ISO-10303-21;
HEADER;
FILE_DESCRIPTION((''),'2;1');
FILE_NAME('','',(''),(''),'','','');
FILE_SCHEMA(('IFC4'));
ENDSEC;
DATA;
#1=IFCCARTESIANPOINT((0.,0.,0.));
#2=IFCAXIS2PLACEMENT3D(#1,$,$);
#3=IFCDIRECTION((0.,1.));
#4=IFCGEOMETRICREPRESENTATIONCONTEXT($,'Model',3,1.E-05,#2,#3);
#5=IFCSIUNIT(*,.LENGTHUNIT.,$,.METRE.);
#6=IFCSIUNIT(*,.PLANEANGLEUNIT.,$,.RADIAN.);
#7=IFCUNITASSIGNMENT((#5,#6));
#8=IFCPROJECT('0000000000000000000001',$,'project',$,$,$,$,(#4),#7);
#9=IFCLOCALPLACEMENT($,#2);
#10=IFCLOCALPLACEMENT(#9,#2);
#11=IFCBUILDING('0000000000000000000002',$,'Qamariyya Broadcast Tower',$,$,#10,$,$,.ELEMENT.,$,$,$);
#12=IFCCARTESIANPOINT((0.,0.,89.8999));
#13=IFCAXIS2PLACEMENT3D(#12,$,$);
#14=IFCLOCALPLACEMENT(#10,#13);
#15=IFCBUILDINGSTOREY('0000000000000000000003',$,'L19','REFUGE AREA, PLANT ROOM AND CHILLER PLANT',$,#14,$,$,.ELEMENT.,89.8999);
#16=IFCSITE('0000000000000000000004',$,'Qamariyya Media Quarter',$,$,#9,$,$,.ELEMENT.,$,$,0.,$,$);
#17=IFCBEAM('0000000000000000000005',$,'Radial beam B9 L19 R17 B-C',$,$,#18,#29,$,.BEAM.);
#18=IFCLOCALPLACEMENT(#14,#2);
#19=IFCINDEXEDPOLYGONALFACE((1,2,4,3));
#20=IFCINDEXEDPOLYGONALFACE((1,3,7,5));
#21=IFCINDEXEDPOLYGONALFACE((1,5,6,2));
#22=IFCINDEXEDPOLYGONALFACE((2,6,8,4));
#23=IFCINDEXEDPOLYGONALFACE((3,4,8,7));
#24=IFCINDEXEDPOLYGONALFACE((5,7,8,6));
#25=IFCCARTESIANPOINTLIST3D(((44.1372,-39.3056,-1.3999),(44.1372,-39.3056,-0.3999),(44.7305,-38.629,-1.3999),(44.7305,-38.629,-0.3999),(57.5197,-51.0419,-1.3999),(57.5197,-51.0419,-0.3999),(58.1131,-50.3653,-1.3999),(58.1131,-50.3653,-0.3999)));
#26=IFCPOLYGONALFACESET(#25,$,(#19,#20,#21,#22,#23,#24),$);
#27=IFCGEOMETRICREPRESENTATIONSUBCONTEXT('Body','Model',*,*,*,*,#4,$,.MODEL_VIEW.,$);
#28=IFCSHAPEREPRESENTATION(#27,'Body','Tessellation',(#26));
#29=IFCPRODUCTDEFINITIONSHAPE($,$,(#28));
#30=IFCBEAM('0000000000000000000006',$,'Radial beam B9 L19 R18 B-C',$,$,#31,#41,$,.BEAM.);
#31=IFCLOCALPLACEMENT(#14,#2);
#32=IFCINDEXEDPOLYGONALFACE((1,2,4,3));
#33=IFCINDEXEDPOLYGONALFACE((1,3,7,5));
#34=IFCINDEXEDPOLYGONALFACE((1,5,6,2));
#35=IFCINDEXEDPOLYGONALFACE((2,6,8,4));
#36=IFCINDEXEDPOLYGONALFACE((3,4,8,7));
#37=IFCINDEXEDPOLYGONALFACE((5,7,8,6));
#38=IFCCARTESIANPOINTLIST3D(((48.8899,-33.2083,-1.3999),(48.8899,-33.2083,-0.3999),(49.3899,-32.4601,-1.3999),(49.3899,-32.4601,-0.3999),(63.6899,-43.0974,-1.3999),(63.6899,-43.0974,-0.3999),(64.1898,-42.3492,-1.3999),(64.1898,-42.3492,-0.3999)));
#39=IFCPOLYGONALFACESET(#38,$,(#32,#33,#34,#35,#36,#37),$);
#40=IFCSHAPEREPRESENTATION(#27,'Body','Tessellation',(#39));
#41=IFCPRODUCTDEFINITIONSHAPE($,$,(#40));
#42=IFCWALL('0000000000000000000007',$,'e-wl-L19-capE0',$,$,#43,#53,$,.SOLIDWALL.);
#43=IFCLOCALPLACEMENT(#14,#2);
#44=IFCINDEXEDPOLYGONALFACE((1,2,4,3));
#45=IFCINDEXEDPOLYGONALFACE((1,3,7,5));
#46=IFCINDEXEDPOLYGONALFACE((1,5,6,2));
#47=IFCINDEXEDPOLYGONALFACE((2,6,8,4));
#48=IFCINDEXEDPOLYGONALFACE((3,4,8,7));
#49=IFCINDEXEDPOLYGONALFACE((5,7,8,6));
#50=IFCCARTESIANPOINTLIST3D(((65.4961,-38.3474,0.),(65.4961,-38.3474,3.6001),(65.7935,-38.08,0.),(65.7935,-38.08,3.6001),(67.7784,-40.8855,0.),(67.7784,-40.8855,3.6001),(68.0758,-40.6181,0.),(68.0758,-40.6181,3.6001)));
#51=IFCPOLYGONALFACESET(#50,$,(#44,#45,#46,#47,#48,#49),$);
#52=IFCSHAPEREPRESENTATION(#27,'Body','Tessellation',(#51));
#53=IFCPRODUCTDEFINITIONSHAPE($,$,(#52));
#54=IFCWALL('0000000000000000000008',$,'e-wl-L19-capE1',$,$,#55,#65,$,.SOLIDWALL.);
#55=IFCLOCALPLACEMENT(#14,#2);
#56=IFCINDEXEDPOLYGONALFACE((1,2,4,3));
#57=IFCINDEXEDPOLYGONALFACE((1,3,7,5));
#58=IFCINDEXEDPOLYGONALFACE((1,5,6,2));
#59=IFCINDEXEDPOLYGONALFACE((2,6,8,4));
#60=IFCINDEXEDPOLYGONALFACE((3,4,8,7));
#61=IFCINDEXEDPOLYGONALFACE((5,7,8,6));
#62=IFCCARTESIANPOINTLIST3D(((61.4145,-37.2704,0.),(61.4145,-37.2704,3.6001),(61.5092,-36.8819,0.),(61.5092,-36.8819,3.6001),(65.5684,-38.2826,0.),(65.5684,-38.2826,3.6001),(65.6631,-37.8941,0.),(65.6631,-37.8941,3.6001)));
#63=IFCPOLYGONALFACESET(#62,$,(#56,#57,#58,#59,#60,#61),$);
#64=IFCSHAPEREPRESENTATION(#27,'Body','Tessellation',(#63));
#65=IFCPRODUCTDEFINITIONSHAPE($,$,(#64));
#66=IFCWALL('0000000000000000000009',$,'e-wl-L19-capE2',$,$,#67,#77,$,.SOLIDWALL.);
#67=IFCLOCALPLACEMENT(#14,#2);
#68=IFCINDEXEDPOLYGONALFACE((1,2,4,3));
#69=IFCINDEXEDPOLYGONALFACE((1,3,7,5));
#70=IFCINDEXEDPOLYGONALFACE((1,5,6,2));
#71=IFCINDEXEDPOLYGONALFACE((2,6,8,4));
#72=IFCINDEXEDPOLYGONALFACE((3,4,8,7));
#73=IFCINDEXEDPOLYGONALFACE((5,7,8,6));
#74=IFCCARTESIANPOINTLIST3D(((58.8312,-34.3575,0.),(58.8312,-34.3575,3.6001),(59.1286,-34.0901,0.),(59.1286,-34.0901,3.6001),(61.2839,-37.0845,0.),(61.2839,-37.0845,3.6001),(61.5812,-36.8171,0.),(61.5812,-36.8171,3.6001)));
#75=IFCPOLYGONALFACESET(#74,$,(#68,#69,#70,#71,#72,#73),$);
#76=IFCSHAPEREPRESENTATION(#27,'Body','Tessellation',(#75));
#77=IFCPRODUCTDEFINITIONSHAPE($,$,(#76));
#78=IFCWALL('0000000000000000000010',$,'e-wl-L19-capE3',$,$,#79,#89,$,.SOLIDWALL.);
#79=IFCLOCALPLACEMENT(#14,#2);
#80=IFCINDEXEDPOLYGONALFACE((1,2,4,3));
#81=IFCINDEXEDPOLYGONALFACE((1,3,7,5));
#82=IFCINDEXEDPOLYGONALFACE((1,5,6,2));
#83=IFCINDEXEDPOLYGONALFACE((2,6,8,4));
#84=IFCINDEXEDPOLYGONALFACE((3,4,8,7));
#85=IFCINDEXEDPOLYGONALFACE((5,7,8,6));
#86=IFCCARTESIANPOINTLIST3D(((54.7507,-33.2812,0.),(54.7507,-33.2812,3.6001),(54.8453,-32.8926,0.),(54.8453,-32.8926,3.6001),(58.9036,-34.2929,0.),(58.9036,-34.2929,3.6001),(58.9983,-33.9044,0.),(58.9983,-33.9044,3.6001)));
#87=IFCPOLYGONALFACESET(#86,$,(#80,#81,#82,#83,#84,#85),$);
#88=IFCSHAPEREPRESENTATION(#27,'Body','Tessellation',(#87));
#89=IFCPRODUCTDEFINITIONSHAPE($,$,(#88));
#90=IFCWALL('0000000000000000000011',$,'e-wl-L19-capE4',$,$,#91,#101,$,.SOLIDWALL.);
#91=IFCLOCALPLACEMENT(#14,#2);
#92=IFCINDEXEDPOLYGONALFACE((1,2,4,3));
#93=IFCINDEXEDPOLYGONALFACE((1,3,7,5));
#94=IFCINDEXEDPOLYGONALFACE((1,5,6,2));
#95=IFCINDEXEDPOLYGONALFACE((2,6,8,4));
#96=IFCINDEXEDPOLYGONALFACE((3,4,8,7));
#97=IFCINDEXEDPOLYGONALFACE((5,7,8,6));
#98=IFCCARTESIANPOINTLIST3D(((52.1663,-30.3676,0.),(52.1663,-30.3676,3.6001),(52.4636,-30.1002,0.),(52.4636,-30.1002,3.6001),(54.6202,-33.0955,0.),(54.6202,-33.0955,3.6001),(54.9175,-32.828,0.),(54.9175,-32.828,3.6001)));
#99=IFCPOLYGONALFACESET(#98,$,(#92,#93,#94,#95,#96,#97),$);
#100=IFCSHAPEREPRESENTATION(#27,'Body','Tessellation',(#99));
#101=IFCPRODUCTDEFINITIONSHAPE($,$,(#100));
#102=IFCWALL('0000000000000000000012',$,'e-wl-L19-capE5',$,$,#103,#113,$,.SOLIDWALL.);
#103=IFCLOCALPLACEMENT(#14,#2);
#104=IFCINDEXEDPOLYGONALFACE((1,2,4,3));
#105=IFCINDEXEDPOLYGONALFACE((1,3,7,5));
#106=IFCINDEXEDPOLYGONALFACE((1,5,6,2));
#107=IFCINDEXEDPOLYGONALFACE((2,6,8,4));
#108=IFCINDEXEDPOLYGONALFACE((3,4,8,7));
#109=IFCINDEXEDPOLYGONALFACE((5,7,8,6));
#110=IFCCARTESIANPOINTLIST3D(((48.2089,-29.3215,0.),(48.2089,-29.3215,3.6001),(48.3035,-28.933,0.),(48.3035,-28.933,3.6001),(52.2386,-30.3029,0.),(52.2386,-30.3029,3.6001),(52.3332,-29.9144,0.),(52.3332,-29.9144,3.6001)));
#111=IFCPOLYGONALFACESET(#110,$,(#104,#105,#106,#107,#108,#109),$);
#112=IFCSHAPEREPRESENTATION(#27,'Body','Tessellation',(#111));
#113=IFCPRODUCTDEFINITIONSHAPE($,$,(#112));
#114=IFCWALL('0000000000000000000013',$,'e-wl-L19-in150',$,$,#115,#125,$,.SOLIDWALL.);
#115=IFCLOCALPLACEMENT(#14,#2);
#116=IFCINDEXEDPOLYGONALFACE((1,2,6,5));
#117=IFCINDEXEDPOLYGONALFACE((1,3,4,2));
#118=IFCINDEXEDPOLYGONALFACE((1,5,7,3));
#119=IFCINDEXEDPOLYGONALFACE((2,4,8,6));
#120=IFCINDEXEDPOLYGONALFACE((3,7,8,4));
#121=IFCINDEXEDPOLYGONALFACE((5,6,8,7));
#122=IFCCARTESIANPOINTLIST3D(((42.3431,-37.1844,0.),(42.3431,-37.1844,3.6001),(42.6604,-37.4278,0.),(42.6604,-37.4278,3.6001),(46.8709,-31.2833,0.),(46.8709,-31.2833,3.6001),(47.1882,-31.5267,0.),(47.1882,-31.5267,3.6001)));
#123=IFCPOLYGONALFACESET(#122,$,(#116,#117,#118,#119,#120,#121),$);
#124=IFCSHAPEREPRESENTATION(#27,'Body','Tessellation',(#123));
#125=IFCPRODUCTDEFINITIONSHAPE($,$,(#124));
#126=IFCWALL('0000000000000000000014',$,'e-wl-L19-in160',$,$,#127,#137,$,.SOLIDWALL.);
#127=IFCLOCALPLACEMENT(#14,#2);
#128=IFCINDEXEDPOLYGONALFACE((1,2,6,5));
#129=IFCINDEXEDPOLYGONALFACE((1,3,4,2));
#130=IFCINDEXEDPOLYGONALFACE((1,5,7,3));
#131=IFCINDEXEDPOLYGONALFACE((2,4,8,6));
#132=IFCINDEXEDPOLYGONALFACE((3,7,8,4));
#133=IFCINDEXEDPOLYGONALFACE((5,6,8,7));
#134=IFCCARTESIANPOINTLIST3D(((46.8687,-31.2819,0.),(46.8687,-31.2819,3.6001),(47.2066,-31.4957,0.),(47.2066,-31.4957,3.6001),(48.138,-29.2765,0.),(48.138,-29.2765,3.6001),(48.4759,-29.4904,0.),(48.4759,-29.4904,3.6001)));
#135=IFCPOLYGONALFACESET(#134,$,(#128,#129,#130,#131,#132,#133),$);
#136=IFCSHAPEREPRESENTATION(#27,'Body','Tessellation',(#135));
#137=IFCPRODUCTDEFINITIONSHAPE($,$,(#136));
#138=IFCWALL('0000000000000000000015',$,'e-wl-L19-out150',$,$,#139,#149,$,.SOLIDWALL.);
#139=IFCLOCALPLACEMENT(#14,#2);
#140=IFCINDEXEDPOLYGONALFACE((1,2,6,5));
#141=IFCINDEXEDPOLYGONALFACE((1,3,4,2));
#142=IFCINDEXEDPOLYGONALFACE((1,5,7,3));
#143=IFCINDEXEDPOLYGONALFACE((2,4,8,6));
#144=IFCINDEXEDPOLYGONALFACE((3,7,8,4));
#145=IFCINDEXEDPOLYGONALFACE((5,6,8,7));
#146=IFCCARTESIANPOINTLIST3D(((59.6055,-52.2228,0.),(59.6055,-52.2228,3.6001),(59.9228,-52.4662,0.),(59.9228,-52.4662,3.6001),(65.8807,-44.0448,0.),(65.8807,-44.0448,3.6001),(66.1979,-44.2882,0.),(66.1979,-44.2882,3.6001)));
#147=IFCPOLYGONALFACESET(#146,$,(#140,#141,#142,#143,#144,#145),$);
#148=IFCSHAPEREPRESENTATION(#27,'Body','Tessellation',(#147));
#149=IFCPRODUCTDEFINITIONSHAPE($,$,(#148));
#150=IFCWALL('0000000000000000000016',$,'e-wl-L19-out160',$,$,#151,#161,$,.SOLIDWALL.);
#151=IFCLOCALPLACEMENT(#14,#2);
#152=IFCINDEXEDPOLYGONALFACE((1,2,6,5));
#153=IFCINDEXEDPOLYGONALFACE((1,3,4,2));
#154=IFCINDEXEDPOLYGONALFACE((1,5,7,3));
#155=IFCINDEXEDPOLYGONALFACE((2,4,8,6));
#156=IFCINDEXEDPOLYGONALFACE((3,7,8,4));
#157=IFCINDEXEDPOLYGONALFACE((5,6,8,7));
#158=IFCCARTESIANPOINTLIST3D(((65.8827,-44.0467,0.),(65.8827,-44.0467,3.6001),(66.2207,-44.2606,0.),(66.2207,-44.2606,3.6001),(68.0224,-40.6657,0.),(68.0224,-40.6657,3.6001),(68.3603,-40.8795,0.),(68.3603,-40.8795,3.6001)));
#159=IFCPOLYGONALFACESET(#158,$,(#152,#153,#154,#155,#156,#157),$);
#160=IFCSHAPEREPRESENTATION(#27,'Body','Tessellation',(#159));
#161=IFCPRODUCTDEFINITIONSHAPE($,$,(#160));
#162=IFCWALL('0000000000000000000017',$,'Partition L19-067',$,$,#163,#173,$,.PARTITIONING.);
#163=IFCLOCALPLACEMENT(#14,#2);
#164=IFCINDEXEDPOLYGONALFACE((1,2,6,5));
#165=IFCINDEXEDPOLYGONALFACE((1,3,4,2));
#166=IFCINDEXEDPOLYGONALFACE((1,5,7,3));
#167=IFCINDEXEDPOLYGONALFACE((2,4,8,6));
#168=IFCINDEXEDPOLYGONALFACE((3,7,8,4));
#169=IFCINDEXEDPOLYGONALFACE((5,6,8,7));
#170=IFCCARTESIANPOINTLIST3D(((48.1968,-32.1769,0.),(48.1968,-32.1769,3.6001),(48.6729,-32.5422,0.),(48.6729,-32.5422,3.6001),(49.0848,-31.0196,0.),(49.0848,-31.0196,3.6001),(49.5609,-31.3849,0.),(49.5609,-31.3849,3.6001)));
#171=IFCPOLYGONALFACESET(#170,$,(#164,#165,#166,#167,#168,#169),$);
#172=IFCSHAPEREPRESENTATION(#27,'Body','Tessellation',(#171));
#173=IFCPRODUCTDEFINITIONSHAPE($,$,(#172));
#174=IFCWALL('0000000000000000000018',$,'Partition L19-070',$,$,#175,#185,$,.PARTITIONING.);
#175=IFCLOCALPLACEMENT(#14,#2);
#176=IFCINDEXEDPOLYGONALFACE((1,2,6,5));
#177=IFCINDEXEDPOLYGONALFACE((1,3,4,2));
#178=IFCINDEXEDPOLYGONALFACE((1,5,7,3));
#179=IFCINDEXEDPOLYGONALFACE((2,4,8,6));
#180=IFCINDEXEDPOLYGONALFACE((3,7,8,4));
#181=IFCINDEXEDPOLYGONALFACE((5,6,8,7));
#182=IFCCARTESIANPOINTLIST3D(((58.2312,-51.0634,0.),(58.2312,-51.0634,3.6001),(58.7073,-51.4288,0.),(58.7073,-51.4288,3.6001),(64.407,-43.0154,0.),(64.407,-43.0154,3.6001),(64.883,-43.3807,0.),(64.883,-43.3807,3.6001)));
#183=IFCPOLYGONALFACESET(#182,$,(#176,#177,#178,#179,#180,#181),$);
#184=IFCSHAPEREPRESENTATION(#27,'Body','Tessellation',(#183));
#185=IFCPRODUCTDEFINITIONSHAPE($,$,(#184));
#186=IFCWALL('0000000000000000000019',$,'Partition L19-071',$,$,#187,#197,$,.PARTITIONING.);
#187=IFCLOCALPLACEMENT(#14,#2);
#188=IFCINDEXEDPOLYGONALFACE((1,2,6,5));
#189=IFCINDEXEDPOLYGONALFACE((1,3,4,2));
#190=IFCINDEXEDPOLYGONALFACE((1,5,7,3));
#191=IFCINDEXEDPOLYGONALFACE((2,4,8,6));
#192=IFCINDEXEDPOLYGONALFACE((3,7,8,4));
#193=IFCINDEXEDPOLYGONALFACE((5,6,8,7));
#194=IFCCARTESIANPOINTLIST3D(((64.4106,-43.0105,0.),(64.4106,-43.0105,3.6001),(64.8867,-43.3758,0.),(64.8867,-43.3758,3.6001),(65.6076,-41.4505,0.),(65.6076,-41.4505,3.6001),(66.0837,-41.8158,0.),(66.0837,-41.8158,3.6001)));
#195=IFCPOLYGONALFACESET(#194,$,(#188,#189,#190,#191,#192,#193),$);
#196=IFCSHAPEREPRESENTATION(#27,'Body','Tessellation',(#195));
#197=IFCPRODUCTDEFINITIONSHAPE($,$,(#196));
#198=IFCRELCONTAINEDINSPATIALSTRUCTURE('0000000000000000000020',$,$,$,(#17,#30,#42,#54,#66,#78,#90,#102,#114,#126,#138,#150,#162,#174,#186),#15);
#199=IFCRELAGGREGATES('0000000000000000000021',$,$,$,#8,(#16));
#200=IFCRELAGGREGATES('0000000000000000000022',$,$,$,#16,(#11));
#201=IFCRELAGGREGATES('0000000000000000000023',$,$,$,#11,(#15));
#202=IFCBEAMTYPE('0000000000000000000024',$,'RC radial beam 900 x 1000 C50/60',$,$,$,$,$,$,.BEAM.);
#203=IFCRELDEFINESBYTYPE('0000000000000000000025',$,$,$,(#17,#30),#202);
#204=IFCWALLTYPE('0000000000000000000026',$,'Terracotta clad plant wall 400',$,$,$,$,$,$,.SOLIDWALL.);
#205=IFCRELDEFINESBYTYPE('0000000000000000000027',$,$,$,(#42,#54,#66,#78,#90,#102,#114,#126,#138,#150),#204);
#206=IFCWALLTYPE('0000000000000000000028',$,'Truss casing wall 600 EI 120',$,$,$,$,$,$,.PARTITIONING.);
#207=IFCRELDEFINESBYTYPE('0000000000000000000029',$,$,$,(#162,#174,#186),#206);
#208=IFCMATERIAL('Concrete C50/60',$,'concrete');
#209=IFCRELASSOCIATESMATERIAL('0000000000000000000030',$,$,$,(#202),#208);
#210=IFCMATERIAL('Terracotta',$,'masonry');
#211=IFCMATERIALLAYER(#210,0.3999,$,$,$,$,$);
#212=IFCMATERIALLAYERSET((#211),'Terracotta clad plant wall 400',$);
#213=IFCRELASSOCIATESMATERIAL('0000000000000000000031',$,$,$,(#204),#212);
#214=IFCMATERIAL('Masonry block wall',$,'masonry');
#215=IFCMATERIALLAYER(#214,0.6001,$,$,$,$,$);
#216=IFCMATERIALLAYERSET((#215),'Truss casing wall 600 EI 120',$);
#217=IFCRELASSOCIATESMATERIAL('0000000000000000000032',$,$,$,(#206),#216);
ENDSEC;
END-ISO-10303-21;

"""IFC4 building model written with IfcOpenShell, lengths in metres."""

from ifc_helpers import new_model, si_unit, direction, frame, frame_2d, origin, origin_2d, place, context, subcontext, project, spatial, rectangle, extrude, material, layer, layer_set, material_profile, profile_set, type_object, element, save


model = new_model("IFC4")

# Units and contexts
model_context = context("Model", 3, precision=1e-05, world=origin(), true_north=direction((0.0, 1.0)))
body_context = subcontext(model_context, "Body", "Model", "MODEL_VIEW")
ifc_project = project(units=[si_unit("LENGTHUNIT", "METRE"), si_unit("PLANEANGLEUNIT", "RADIAN")], contexts=[model_context])

# Site, building, storey
site_placement = place(None, origin())
site = spatial("IfcSite", under=ifc_project, at=site_placement, Name="Qamariyya Media Quarter", CompositionType="ELEMENT", RefElevation=0.0)
building_placement = place(site_placement, origin())
building = spatial("IfcBuilding", under=site, at=building_placement, Name="Qamariyya Broadcast Tower", CompositionType="ELEMENT")
storey_placement = place(building_placement, frame((0.0, 0.0, 89.8999)))
storey = spatial("IfcBuildingStorey", under=building, at=storey_placement, Name="L19", Description="REFUGE AREA, PLANT ROOM AND CHILLER PLANT", CompositionType="ELEMENT", Elevation=89.8999)

# Beams
ifc_material_1 = material(Name="Concrete C50/60", Category="concrete")
ifc_material_profile_1 = material_profile(ifc_material_1, rectangle(XDim=0.8999, YDim=1.0, at=origin_2d()))
ifc_profile_set_1 = profile_set([ifc_material_profile_1], Name="Concrete C50/60")
beam_type_1 = type_object("IfcBeamType", Name="RC radial beam 900 x 1000 C50/60", PredefinedType="BEAM", material=ifc_profile_set_1)
for number, where, z_axis, x_axis, name in (
    (1, (44.4338, -38.9673, -0.8999), (0.751836, -0.65935, 0.0), (0.65935, 0.751836, 0.0), "Radial beam B9 L19 R17 B-C"),
    (2, (49.1399, -32.8342, -0.8999), (0.831467, -0.555573, 0.0), (0.555573, 0.831467, 0.0), "Radial beam B9 L19 R18 B-C"),
):
    element("IfcBeam", number, at=place(storey_placement, frame(where, z_axis=z_axis, x_axis=x_axis)), inside=storey, type_object=beam_type_1, Name=name, PredefinedType="BEAM", context=body_context, shape_type="SweptSolid", body=[
        extrude(rectangle(XDim=0.8999, YDim=1.0, at=origin_2d()), origin(), (0.0, 0.0, 1.0), 17.7998),
    ])

# Walls
ifc_material_2 = material(Name="Terracotta", Category="masonry")
ifc_layer_1 = layer(ifc_material_2, 0.3999)
ifc_layer_set_1 = layer_set([ifc_layer_1], Name="Terracotta clad plant wall 400")
wall_type_1 = type_object("IfcWallType", Name="Terracotta clad plant wall 400", PredefinedType="SOLIDWALL", material=ifc_layer_set_1)
wall_1_placement = place(storey_placement, frame((67.927, -40.7517, 0.0), z_axis=(0.0, 0.0, 1.0), x_axis=(-0.668633, 0.743593, 0.0)))
element("IfcWall", 3, at=wall_1_placement, inside=storey, type_object=wall_type_1, Name="e-wl-L19-capE0", PredefinedType="SOLIDWALL", context=body_context, shape_type="SweptSolid", body=[
    extrude(rectangle(XDim=3.4133, YDim=0.3999, at=frame_2d((1.7065, 0.0))), origin(), (0.0, 0.0, 1.0), 3.6001),
])
wall_2_placement = place(storey_placement, frame((65.6157, -38.0884, 0.0), z_axis=(0.0, 0.0, 1.0), x_axis=(-0.97157, 0.236754, 0.0)))
element("IfcWall", 4, at=wall_2_placement, inside=storey, type_object=wall_type_1, Name="e-wl-L19-capE1", PredefinedType="SOLIDWALL", context=body_context, shape_type="SweptSolid", body=[
    extrude(rectangle(XDim=4.2754, YDim=0.3999, at=frame_2d((2.1377, 0.0))), origin(), (0.0, 0.0, 1.0), 3.6001),
])
wall_3_placement = place(storey_placement, frame((61.4326, -36.9509, 0.0), z_axis=(0.0, 0.0, 1.0), x_axis=(-0.668707, 0.743526, 0.0)))
element("IfcWall", 5, at=wall_3_placement, inside=storey, type_object=wall_type_1, Name="e-wl-L19-capE2", PredefinedType="SOLIDWALL", context=body_context, shape_type="SweptSolid", body=[
    extrude(rectangle(XDim=3.6677, YDim=0.3999, at=frame_2d((1.834, 0.0))), origin(), (0.0, 0.0, 1.0), 3.6001),
])
wall_4_placement = place(storey_placement, frame((58.9509, -34.0986, 0.0), z_axis=(0.0, 0.0, 1.0), x_axis=(-0.971583, 0.236698, 0.0)))
element("IfcWall", 6, at=wall_4_placement, inside=storey, type_object=wall_type_1, Name="e-wl-L19-capE3", PredefinedType="SOLIDWALL", context=body_context, shape_type="SweptSolid", body=[
    extrude(rectangle(XDim=4.2744, YDim=0.3999, at=frame_2d((2.1372, 0.0))), origin(), (0.0, 0.0, 1.0), 3.6001),
])
wall_5_placement = place(storey_placement, frame((54.7688, -32.9617, 0.0), z_axis=(0.0, 0.0, 1.0), x_axis=(-0.668792, 0.74345, 0.0)))
element("IfcWall", 7, at=wall_5_placement, inside=storey, type_object=wall_type_1, Name="e-wl-L19-capE4", PredefinedType="SOLIDWALL", context=body_context, shape_type="SweptSolid", body=[
    extrude(rectangle(XDim=3.6692, YDim=0.3999, at=frame_2d((1.8345, 0.0))), origin(), (0.0, 0.0, 1.0), 3.6001),
])
wall_6_placement = place(storey_placement, frame((52.2859, -30.1086, 0.0), z_axis=(0.0, 0.0, 1.0), x_axis=(-0.9716, 0.236631, 0.0)))
element("IfcWall", 8, at=wall_6_placement, inside=storey, type_object=wall_type_1, Name="e-wl-L19-capE5", PredefinedType="SOLIDWALL", context=body_context, shape_type="SweptSolid", body=[
    extrude(rectangle(XDim=4.1475, YDim=0.3999, at=frame_2d((2.0737, 0.0))), origin(), (0.0, 0.0, 1.0), 3.6001),
])
wall_7_placement = place(storey_placement, frame((47.0295, -31.405, 0.0), z_axis=(0.0, 0.0, 1.0), x_axis=(-0.60874, -0.79337, 0.0)))
element("IfcWall", 9, at=wall_7_placement, inside=storey, type_object=wall_type_1, Name="e-wl-L19-in150", PredefinedType="SOLIDWALL", context=body_context, shape_type="SweptSolid", body=[
    extrude(rectangle(XDim=7.438, YDim=0.3999, at=frame_2d((3.719, 0.0))), origin(), (0.0, 0.0, 1.0), 3.6001),
])
wall_8_placement = place(storey_placement, frame((48.3069, -29.3835, 0.0), z_axis=(0.0, 0.0, 1.0), x_axis=(-0.534817, -0.844968, 0.0)))
element("IfcWall", 10, at=wall_8_placement, inside=storey, type_object=wall_type_1, Name="e-wl-L19-in160", PredefinedType="SOLIDWALL", context=body_context, shape_type="SweptSolid", body=[
    extrude(rectangle(XDim=2.3733, YDim=0.3999, at=frame_2d((1.1865, 0.0))), origin(), (0.0, 0.0, 1.0), 3.6001),
])
wall_9_placement = place(storey_placement, frame((59.7642, -52.3445, 0.0), z_axis=(0.0, 0.0, 1.0), x_axis=(0.608759, 0.793355, 0.0)))
element("IfcWall", 11, at=wall_9_placement, inside=storey, type_object=wall_type_1, Name="e-wl-L19-out150", PredefinedType="SOLIDWALL", context=body_context, shape_type="SweptSolid", body=[
    extrude(rectangle(XDim=10.3081, YDim=0.3999, at=frame_2d((5.1541, 0.0))), origin(), (0.0, 0.0, 1.0), 3.6001),
])
wall_10_placement = place(storey_placement, frame((66.0518, -44.1536, 0.0), z_axis=(0.0, 0.0, 1.0), x_axis=(0.534746, 0.845013, 0.0)))
element("IfcWall", 12, at=wall_10_placement, inside=storey, type_object=wall_type_1, Name="e-wl-L19-out160", PredefinedType="SOLIDWALL", context=body_context, shape_type="SweptSolid", body=[
    extrude(rectangle(XDim=4.0012, YDim=0.3999, at=frame_2d((2.0005, 0.0))), origin(), (0.0, 0.0, 1.0), 3.6001),
])
ifc_material_3 = material(Name="Masonry block wall", Category="masonry")
ifc_layer_2 = layer(ifc_material_3, 0.6001)
ifc_layer_set_2 = layer_set([ifc_layer_2], Name="Truss casing wall 600 EI 120")
wall_type_2 = type_object("IfcWallType", Name="Truss casing wall 600 EI 120", PredefinedType="PARTITIONING", material=ifc_layer_set_2)
wall_11_placement = place(storey_placement, frame((48.4348, -32.3596, 0.0), z_axis=(0.0, 0.0, 1.0), x_axis=(0.608748, 0.793364, 0.0)))
element("IfcWall", 13, at=wall_11_placement, inside=storey, type_object=wall_type_2, Name="Partition L19-067", PredefinedType="PARTITIONING", context=body_context, shape_type="SweptSolid", body=[
    extrude(rectangle(XDim=1.4587, YDim=0.6001, at=frame_2d((0.7295, 0.0))), origin(), (0.0, 0.0, 1.0), 3.6001),
])
wall_12_placement = place(storey_placement, frame((58.4692, -51.2461, 0.0), z_axis=(0.0, 0.0, 1.0), x_axis=(0.608778, 0.793341, 0.0)))
element("IfcWall", 14, at=wall_12_placement, inside=storey, type_object=wall_type_2, Name="Partition L19-070", PredefinedType="PARTITIONING", context=body_context, shape_type="SweptSolid", body=[
    extrude(rectangle(XDim=10.1445, YDim=0.6001, at=frame_2d((5.0723, 0.0))), origin(), (0.0, 0.0, 1.0), 3.6001),
])
wall_13_placement = place(storey_placement, frame((64.6487, -43.1931, 0.0), z_axis=(0.0, 0.0, 1.0), x_axis=(0.608744, 0.793366, 0.0)))
element("IfcWall", 15, at=wall_13_placement, inside=storey, type_object=wall_type_2, Name="Partition L19-071", PredefinedType="PARTITIONING", context=body_context, shape_type="SweptSolid", body=[
    extrude(rectangle(XDim=1.9663, YDim=0.6001, at=frame_2d((0.9832, 0.0))), origin(), (0.0, 0.0, 1.0), 3.6001),
])

save(model, "model.ifc")
